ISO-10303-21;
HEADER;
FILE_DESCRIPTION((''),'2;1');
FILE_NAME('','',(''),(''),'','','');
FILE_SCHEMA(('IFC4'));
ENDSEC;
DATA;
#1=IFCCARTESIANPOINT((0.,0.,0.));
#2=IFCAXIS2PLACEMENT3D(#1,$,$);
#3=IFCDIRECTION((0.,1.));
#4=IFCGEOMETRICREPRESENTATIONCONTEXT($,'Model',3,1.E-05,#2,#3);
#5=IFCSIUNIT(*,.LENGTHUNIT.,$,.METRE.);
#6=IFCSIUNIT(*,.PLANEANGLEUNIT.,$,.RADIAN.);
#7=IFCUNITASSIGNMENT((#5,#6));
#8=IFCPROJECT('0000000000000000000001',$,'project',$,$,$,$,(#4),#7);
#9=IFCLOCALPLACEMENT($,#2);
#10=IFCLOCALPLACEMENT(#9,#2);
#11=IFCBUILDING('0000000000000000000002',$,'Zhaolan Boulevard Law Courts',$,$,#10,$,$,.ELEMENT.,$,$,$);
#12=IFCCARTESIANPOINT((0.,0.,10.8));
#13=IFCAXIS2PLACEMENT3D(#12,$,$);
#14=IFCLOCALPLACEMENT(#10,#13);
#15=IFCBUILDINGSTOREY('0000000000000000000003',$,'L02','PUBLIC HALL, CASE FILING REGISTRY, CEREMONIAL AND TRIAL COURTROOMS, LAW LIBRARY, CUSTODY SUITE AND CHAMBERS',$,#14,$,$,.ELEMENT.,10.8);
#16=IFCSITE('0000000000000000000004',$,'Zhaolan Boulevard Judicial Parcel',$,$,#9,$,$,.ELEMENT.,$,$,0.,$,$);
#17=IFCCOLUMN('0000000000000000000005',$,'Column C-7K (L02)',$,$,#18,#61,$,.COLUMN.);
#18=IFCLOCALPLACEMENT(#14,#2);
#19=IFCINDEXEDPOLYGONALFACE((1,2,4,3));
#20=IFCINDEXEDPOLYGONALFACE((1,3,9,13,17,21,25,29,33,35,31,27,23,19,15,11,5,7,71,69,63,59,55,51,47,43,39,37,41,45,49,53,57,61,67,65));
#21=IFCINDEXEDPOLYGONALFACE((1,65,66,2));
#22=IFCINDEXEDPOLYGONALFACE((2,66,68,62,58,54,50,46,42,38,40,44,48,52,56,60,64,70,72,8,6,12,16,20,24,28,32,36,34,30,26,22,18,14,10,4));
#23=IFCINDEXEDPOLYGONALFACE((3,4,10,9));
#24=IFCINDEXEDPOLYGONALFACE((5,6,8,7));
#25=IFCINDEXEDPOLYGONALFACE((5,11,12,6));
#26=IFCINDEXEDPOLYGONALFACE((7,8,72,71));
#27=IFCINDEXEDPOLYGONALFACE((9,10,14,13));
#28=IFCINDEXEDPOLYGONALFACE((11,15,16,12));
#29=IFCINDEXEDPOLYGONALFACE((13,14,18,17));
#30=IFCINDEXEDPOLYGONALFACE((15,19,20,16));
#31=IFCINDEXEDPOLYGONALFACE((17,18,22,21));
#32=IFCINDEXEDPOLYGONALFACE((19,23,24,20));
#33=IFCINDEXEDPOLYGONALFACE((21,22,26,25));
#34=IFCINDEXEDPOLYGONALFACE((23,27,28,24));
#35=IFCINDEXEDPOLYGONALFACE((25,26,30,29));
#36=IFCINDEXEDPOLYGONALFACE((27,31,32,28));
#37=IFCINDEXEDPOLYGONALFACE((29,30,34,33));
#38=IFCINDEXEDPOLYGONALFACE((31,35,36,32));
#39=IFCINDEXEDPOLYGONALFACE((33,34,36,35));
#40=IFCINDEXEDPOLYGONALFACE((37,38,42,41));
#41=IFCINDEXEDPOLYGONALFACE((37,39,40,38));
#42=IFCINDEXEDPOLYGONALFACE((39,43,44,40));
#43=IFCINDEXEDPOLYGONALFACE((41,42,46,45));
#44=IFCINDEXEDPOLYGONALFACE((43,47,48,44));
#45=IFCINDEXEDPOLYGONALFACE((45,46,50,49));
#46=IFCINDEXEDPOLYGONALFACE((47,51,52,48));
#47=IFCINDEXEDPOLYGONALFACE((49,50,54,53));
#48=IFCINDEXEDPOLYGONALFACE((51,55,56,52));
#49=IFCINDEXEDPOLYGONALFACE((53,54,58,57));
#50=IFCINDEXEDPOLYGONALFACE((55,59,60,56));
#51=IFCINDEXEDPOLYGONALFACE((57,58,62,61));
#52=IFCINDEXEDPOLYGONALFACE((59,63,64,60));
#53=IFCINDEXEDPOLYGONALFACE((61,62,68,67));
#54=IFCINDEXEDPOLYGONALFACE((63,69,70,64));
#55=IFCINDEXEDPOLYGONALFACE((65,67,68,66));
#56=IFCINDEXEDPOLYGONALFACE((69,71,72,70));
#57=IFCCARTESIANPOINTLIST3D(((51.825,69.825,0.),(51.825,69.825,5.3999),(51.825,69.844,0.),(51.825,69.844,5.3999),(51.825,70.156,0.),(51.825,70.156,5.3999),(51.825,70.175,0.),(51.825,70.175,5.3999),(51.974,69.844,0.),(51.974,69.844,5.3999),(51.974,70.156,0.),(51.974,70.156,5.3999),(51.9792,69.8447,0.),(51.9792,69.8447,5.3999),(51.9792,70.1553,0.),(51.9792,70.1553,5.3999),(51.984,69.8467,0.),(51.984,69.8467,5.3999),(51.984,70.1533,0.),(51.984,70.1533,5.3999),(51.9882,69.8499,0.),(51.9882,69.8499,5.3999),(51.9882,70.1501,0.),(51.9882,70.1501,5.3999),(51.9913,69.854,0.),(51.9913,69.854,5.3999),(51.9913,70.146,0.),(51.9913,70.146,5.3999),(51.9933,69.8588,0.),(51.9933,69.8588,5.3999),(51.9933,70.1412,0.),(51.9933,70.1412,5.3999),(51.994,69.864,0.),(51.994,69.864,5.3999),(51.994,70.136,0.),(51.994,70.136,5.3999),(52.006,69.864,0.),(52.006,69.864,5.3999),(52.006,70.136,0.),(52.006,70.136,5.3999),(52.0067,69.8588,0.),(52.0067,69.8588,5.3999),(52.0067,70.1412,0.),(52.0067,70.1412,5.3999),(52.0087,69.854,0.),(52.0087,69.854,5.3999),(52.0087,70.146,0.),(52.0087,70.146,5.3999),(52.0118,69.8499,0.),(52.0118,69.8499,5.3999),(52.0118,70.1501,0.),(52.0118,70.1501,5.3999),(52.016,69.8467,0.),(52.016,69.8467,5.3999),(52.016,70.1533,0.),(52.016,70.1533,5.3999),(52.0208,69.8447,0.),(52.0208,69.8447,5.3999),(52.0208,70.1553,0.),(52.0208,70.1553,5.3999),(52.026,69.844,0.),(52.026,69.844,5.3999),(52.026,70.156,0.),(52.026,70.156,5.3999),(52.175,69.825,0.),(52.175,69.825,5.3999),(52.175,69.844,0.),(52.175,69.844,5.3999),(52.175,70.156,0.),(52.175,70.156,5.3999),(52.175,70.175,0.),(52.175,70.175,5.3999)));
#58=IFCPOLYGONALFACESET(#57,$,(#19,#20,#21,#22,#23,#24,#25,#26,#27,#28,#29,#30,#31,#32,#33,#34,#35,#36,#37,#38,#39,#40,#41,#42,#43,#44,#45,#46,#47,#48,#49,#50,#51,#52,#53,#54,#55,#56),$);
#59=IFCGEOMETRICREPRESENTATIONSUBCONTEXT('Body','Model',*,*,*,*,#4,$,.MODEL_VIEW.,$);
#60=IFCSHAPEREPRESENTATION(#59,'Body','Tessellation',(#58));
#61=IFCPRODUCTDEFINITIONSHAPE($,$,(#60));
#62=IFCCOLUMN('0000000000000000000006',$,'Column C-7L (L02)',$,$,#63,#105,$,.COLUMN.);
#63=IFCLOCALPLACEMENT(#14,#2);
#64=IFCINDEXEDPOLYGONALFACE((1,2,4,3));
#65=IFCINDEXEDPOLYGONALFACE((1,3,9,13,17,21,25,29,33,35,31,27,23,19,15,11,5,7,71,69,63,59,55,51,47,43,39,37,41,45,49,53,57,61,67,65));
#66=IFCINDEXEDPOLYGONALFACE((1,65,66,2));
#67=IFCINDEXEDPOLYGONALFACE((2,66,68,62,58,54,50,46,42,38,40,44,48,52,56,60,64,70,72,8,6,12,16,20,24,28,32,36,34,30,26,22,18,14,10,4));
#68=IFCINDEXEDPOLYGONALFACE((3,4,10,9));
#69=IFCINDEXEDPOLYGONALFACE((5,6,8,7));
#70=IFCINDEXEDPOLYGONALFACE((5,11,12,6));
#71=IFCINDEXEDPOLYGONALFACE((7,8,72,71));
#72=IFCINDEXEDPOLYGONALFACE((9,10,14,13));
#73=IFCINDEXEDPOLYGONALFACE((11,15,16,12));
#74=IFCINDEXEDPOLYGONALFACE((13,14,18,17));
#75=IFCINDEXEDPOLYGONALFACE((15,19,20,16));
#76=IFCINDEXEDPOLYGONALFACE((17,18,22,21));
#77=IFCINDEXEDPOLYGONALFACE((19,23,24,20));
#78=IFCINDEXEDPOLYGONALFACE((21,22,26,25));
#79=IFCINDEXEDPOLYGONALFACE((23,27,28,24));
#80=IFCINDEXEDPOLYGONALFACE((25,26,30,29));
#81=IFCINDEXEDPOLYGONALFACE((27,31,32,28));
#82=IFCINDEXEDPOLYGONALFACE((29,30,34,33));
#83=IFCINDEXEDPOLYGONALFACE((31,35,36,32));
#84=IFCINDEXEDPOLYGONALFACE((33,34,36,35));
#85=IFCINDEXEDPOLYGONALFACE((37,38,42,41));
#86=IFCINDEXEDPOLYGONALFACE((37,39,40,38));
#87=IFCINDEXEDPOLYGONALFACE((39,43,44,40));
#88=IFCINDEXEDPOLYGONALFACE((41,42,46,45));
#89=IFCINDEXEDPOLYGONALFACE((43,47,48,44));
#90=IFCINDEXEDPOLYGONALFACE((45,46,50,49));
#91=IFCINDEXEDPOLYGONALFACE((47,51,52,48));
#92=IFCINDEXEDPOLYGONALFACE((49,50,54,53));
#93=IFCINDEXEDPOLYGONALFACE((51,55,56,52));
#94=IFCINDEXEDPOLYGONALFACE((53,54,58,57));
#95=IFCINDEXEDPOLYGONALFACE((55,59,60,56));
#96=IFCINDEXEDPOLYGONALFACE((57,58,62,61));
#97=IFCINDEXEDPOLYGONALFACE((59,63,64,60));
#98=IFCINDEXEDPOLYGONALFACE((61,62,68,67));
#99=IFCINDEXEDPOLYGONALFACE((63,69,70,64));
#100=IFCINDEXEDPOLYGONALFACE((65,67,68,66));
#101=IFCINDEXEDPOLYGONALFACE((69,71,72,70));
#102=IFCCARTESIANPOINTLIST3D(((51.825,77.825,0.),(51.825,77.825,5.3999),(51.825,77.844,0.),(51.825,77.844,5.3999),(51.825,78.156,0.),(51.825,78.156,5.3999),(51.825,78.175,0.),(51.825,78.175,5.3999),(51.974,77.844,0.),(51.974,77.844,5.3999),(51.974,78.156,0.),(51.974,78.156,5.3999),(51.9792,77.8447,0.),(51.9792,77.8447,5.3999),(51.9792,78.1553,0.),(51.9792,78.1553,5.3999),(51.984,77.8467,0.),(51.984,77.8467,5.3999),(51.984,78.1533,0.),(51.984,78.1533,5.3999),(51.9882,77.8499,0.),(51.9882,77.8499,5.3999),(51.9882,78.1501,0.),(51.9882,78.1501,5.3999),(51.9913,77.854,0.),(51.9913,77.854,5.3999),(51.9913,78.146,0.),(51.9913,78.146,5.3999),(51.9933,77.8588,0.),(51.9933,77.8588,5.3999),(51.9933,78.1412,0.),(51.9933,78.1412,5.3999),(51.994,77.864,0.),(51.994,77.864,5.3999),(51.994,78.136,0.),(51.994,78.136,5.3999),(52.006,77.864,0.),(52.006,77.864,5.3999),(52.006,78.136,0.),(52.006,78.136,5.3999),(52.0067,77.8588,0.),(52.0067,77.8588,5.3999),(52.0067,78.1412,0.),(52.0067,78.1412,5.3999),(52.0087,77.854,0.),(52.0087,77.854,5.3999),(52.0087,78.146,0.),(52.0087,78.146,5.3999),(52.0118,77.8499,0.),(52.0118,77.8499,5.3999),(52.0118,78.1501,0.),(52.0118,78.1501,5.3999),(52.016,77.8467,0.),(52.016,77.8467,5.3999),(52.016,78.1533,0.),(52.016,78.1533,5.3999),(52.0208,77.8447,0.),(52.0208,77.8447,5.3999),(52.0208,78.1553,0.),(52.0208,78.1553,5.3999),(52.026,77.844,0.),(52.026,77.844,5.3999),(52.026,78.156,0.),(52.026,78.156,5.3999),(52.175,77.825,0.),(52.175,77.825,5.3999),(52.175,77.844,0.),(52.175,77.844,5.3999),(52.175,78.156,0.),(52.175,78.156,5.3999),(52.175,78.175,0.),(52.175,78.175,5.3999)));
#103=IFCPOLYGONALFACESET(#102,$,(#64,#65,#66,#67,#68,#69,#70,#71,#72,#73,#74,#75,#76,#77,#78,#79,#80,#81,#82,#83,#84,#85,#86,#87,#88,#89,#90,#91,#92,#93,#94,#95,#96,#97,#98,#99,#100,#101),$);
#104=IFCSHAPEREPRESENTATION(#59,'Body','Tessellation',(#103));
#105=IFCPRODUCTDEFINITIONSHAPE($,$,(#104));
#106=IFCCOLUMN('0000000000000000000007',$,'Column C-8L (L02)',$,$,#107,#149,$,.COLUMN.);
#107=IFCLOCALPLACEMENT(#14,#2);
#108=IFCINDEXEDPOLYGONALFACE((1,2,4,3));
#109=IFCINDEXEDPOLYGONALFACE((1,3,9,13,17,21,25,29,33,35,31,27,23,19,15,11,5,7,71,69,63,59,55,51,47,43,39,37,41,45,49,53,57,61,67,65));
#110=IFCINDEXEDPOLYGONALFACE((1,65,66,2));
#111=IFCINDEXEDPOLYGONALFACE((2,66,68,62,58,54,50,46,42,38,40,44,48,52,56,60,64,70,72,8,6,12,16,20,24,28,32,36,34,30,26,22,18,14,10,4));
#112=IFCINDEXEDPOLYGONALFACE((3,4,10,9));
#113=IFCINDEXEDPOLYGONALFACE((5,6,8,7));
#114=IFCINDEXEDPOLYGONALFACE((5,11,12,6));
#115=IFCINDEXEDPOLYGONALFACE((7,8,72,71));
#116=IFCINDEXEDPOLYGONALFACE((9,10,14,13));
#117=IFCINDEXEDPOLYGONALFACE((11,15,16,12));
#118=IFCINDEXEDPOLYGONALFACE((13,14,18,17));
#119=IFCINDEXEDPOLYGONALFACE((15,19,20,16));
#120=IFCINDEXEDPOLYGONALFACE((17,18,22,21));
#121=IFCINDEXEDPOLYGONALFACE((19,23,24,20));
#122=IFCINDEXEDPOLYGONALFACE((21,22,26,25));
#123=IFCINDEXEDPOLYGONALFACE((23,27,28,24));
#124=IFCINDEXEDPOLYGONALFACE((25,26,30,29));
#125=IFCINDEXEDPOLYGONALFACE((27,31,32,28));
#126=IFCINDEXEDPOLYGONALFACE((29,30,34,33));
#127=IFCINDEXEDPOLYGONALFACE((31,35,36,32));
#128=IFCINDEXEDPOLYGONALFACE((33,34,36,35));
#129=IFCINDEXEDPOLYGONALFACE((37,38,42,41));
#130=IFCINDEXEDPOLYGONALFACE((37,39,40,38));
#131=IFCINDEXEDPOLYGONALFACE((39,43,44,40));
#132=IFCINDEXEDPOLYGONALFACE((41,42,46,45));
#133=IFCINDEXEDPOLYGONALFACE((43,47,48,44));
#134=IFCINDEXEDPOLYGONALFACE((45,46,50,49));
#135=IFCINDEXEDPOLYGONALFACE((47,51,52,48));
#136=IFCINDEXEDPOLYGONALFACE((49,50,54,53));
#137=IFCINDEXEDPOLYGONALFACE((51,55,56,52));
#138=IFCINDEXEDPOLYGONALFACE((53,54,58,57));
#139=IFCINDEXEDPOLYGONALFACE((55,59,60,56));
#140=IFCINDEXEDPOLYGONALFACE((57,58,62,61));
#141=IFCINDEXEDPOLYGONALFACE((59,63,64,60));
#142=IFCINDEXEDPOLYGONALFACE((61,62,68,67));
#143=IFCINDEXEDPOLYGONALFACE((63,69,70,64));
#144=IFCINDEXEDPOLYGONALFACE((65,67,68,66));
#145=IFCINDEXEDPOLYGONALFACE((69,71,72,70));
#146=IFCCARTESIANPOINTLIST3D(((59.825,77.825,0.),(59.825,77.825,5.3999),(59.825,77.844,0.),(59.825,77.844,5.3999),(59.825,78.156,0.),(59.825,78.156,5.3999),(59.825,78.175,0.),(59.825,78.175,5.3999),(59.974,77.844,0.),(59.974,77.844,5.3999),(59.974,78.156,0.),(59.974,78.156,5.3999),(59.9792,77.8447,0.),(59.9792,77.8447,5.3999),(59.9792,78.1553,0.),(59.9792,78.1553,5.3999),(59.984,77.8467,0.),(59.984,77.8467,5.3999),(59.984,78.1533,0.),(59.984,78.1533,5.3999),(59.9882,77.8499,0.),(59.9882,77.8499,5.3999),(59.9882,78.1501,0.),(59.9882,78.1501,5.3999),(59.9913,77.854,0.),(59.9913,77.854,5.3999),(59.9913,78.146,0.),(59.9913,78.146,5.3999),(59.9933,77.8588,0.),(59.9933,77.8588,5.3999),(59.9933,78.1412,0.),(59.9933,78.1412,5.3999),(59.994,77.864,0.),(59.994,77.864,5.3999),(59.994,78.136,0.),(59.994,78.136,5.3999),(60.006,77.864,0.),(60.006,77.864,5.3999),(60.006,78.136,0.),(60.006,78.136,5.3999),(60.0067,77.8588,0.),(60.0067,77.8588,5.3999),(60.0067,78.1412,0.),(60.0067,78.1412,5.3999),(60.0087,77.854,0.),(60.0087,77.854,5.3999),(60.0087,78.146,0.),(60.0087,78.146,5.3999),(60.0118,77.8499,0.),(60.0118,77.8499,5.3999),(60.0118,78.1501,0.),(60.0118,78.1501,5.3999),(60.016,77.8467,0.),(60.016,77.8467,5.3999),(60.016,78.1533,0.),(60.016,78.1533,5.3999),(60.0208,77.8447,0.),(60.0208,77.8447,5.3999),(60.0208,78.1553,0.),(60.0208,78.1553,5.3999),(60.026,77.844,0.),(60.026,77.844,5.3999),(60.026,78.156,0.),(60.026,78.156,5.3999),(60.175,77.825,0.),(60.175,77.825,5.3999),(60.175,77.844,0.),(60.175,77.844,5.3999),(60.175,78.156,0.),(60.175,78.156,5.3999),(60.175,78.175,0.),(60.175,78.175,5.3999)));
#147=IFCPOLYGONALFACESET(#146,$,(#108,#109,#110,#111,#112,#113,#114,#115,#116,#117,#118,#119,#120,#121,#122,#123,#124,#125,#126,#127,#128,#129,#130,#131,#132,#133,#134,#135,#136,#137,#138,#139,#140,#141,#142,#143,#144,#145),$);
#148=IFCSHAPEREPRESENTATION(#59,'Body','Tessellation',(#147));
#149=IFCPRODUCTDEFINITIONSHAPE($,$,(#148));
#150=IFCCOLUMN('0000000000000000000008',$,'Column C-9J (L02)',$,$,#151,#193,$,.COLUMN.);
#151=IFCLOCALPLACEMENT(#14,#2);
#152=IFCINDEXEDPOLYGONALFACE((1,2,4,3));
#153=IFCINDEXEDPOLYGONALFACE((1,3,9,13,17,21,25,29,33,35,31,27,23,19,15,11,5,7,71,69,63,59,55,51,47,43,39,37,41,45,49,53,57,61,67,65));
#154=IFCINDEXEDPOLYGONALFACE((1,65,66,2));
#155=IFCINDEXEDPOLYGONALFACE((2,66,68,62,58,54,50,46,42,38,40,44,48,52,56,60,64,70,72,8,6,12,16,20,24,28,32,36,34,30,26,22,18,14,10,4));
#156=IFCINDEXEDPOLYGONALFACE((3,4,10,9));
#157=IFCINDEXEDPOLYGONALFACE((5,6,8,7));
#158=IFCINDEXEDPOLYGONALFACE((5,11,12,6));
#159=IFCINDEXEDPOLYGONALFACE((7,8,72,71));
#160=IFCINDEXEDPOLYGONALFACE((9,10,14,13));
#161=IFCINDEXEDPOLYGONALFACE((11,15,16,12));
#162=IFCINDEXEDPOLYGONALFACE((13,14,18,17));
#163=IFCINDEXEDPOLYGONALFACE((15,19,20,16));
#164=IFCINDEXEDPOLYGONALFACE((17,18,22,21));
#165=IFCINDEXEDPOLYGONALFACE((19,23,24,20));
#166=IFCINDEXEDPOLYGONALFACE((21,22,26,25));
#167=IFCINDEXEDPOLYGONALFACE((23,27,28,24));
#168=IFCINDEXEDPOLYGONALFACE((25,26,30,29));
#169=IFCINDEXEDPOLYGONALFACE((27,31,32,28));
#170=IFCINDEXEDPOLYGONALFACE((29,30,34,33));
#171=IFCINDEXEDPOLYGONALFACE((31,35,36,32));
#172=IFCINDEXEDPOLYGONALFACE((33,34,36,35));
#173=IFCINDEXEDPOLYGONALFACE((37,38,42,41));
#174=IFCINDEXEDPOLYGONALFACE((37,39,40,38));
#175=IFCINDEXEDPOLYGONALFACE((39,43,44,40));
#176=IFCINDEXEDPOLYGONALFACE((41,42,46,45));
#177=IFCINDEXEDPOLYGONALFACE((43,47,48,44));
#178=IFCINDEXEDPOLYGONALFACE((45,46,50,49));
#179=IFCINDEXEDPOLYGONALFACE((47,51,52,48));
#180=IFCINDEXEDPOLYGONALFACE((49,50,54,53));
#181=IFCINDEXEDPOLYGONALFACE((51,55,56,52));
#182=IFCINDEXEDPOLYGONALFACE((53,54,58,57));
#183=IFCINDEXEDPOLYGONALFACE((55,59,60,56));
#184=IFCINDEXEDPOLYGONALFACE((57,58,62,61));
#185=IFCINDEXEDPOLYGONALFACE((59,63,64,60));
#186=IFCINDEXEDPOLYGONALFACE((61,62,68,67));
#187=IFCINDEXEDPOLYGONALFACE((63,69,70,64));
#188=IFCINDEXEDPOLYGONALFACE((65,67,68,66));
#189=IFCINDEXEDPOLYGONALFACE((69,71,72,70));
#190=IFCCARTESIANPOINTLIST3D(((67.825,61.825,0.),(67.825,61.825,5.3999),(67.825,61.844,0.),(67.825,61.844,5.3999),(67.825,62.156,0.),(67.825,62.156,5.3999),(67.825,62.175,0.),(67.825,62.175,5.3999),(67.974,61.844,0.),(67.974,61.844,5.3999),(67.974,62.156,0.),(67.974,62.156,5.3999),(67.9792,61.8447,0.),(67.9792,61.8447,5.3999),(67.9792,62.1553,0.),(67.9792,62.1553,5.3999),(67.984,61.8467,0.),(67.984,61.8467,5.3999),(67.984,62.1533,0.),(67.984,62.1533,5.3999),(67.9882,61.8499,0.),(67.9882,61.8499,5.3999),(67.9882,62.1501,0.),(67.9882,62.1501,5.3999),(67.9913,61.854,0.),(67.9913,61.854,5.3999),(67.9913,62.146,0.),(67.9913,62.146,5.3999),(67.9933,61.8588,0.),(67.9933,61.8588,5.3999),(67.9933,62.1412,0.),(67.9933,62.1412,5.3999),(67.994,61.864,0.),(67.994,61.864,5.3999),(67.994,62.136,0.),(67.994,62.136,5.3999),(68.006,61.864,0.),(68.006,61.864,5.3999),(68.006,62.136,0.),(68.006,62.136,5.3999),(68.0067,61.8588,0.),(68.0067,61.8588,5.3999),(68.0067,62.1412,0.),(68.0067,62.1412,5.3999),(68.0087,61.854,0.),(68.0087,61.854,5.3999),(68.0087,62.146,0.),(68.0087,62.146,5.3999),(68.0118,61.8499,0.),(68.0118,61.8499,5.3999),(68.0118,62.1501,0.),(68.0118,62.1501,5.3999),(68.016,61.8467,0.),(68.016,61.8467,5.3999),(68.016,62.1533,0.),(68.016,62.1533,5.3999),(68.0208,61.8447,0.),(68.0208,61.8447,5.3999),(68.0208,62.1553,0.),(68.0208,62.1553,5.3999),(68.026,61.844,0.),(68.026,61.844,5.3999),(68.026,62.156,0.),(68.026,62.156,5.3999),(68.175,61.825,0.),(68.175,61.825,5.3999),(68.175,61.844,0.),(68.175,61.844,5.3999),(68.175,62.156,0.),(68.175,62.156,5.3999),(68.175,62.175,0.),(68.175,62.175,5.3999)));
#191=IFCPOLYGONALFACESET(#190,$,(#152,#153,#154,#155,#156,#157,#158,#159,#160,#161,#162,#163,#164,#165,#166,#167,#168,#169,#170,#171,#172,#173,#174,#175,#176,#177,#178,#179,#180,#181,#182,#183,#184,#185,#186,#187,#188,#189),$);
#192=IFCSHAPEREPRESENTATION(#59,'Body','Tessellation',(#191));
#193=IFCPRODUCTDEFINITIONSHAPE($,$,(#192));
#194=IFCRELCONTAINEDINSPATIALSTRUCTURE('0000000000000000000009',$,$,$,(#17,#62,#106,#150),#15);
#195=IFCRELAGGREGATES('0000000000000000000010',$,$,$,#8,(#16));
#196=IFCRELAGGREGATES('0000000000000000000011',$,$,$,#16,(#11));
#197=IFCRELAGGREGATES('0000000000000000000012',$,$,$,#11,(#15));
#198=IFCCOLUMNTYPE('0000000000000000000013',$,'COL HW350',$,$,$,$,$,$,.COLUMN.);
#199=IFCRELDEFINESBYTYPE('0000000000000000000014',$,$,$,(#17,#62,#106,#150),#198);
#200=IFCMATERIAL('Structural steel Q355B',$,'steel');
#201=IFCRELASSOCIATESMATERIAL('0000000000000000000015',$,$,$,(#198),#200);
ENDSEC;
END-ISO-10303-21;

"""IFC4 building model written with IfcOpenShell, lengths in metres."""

from ifc_helpers import new_model, si_unit, direction, frame, origin, origin_2d, place, context, subcontext, project, spatial, i_section, extrude, material, material_profile, profile_set, type_object, element, save


model = new_model("IFC4")

# Units and contexts
model_context = context("Model", 3, precision=1e-05, world=origin(), true_north=direction((0.0, 1.0)))
body_context = subcontext(model_context, "Body", "Model", "MODEL_VIEW")
ifc_project = project(units=[si_unit("LENGTHUNIT", "METRE"), si_unit("PLANEANGLEUNIT", "RADIAN")], contexts=[model_context])

# Site, building, storey
site_placement = place(None, origin())
site = spatial("IfcSite", under=ifc_project, at=site_placement, Name="Zhaolan Boulevard Judicial Parcel", CompositionType="ELEMENT", RefElevation=0.0)
building_placement = place(site_placement, origin())
building = spatial("IfcBuilding", under=site, at=building_placement, Name="Zhaolan Boulevard Law Courts", CompositionType="ELEMENT")
storey_placement = place(building_placement, frame((0.0, 0.0, 10.8)))
storey = spatial("IfcBuildingStorey", under=building, at=storey_placement, Name="L02", Description="PUBLIC HALL, CASE FILING REGISTRY, CEREMONIAL AND TRIAL COURTROOMS, LAW LIBRARY, CUSTODY SUITE AND CHAMBERS", CompositionType="ELEMENT", Elevation=10.8)

# Columns
ifc_material_1 = material(Name="Structural steel Q355B", Category="steel")
ifc_material_profile_1 = material_profile(ifc_material_1, i_section(OverallWidth=0.3501, OverallDepth=0.3501, WebThickness=0.012, FlangeThickness=0.019, FilletRadius=0.02, at=origin_2d()), Name="HW350x350")
ifc_profile_set_1 = profile_set([ifc_material_profile_1], Name="Structural steel Q355B")
column_type = type_object("IfcColumnType", Name="COL HW350", PredefinedType="COLUMN", material=ifc_profile_set_1)
for number, where, z_axis, x_axis, name in (
    (1, (52.0, 70.0, 0.0), (0.0, 0.0, 1.0), (1.0, 0.0, 0.0), "Column C-7K (L02)"),
    (2, (52.0, 78.0, 0.0), (0.0, 0.0, 1.0), (1.0, 0.0, 0.0), "Column C-7L (L02)"),
    (3, (60.0, 78.0, 0.0), (0.0, 0.0, 1.0), (1.0, 0.0, 0.0), "Column C-8L (L02)"),
    (4, (68.0, 62.0, 0.0), (0.0, 0.0, 1.0), (1.0, 0.0, 0.0), "Column C-9J (L02)"),
):
    element("IfcColumn", number, at=place(storey_placement, frame(where, z_axis=z_axis, x_axis=x_axis)), inside=storey, type_object=column_type, Name=name, PredefinedType="COLUMN", context=body_context, shape_type="SweptSolid", body=[
        extrude(i_section(OverallWidth=0.3501, OverallDepth=0.3501, WebThickness=0.012, FlangeThickness=0.019, FilletRadius=0.02, at=origin_2d()), origin(), (0.0, 0.0, 1.0), 5.3999),
    ])

save(model, "model.ifc")
